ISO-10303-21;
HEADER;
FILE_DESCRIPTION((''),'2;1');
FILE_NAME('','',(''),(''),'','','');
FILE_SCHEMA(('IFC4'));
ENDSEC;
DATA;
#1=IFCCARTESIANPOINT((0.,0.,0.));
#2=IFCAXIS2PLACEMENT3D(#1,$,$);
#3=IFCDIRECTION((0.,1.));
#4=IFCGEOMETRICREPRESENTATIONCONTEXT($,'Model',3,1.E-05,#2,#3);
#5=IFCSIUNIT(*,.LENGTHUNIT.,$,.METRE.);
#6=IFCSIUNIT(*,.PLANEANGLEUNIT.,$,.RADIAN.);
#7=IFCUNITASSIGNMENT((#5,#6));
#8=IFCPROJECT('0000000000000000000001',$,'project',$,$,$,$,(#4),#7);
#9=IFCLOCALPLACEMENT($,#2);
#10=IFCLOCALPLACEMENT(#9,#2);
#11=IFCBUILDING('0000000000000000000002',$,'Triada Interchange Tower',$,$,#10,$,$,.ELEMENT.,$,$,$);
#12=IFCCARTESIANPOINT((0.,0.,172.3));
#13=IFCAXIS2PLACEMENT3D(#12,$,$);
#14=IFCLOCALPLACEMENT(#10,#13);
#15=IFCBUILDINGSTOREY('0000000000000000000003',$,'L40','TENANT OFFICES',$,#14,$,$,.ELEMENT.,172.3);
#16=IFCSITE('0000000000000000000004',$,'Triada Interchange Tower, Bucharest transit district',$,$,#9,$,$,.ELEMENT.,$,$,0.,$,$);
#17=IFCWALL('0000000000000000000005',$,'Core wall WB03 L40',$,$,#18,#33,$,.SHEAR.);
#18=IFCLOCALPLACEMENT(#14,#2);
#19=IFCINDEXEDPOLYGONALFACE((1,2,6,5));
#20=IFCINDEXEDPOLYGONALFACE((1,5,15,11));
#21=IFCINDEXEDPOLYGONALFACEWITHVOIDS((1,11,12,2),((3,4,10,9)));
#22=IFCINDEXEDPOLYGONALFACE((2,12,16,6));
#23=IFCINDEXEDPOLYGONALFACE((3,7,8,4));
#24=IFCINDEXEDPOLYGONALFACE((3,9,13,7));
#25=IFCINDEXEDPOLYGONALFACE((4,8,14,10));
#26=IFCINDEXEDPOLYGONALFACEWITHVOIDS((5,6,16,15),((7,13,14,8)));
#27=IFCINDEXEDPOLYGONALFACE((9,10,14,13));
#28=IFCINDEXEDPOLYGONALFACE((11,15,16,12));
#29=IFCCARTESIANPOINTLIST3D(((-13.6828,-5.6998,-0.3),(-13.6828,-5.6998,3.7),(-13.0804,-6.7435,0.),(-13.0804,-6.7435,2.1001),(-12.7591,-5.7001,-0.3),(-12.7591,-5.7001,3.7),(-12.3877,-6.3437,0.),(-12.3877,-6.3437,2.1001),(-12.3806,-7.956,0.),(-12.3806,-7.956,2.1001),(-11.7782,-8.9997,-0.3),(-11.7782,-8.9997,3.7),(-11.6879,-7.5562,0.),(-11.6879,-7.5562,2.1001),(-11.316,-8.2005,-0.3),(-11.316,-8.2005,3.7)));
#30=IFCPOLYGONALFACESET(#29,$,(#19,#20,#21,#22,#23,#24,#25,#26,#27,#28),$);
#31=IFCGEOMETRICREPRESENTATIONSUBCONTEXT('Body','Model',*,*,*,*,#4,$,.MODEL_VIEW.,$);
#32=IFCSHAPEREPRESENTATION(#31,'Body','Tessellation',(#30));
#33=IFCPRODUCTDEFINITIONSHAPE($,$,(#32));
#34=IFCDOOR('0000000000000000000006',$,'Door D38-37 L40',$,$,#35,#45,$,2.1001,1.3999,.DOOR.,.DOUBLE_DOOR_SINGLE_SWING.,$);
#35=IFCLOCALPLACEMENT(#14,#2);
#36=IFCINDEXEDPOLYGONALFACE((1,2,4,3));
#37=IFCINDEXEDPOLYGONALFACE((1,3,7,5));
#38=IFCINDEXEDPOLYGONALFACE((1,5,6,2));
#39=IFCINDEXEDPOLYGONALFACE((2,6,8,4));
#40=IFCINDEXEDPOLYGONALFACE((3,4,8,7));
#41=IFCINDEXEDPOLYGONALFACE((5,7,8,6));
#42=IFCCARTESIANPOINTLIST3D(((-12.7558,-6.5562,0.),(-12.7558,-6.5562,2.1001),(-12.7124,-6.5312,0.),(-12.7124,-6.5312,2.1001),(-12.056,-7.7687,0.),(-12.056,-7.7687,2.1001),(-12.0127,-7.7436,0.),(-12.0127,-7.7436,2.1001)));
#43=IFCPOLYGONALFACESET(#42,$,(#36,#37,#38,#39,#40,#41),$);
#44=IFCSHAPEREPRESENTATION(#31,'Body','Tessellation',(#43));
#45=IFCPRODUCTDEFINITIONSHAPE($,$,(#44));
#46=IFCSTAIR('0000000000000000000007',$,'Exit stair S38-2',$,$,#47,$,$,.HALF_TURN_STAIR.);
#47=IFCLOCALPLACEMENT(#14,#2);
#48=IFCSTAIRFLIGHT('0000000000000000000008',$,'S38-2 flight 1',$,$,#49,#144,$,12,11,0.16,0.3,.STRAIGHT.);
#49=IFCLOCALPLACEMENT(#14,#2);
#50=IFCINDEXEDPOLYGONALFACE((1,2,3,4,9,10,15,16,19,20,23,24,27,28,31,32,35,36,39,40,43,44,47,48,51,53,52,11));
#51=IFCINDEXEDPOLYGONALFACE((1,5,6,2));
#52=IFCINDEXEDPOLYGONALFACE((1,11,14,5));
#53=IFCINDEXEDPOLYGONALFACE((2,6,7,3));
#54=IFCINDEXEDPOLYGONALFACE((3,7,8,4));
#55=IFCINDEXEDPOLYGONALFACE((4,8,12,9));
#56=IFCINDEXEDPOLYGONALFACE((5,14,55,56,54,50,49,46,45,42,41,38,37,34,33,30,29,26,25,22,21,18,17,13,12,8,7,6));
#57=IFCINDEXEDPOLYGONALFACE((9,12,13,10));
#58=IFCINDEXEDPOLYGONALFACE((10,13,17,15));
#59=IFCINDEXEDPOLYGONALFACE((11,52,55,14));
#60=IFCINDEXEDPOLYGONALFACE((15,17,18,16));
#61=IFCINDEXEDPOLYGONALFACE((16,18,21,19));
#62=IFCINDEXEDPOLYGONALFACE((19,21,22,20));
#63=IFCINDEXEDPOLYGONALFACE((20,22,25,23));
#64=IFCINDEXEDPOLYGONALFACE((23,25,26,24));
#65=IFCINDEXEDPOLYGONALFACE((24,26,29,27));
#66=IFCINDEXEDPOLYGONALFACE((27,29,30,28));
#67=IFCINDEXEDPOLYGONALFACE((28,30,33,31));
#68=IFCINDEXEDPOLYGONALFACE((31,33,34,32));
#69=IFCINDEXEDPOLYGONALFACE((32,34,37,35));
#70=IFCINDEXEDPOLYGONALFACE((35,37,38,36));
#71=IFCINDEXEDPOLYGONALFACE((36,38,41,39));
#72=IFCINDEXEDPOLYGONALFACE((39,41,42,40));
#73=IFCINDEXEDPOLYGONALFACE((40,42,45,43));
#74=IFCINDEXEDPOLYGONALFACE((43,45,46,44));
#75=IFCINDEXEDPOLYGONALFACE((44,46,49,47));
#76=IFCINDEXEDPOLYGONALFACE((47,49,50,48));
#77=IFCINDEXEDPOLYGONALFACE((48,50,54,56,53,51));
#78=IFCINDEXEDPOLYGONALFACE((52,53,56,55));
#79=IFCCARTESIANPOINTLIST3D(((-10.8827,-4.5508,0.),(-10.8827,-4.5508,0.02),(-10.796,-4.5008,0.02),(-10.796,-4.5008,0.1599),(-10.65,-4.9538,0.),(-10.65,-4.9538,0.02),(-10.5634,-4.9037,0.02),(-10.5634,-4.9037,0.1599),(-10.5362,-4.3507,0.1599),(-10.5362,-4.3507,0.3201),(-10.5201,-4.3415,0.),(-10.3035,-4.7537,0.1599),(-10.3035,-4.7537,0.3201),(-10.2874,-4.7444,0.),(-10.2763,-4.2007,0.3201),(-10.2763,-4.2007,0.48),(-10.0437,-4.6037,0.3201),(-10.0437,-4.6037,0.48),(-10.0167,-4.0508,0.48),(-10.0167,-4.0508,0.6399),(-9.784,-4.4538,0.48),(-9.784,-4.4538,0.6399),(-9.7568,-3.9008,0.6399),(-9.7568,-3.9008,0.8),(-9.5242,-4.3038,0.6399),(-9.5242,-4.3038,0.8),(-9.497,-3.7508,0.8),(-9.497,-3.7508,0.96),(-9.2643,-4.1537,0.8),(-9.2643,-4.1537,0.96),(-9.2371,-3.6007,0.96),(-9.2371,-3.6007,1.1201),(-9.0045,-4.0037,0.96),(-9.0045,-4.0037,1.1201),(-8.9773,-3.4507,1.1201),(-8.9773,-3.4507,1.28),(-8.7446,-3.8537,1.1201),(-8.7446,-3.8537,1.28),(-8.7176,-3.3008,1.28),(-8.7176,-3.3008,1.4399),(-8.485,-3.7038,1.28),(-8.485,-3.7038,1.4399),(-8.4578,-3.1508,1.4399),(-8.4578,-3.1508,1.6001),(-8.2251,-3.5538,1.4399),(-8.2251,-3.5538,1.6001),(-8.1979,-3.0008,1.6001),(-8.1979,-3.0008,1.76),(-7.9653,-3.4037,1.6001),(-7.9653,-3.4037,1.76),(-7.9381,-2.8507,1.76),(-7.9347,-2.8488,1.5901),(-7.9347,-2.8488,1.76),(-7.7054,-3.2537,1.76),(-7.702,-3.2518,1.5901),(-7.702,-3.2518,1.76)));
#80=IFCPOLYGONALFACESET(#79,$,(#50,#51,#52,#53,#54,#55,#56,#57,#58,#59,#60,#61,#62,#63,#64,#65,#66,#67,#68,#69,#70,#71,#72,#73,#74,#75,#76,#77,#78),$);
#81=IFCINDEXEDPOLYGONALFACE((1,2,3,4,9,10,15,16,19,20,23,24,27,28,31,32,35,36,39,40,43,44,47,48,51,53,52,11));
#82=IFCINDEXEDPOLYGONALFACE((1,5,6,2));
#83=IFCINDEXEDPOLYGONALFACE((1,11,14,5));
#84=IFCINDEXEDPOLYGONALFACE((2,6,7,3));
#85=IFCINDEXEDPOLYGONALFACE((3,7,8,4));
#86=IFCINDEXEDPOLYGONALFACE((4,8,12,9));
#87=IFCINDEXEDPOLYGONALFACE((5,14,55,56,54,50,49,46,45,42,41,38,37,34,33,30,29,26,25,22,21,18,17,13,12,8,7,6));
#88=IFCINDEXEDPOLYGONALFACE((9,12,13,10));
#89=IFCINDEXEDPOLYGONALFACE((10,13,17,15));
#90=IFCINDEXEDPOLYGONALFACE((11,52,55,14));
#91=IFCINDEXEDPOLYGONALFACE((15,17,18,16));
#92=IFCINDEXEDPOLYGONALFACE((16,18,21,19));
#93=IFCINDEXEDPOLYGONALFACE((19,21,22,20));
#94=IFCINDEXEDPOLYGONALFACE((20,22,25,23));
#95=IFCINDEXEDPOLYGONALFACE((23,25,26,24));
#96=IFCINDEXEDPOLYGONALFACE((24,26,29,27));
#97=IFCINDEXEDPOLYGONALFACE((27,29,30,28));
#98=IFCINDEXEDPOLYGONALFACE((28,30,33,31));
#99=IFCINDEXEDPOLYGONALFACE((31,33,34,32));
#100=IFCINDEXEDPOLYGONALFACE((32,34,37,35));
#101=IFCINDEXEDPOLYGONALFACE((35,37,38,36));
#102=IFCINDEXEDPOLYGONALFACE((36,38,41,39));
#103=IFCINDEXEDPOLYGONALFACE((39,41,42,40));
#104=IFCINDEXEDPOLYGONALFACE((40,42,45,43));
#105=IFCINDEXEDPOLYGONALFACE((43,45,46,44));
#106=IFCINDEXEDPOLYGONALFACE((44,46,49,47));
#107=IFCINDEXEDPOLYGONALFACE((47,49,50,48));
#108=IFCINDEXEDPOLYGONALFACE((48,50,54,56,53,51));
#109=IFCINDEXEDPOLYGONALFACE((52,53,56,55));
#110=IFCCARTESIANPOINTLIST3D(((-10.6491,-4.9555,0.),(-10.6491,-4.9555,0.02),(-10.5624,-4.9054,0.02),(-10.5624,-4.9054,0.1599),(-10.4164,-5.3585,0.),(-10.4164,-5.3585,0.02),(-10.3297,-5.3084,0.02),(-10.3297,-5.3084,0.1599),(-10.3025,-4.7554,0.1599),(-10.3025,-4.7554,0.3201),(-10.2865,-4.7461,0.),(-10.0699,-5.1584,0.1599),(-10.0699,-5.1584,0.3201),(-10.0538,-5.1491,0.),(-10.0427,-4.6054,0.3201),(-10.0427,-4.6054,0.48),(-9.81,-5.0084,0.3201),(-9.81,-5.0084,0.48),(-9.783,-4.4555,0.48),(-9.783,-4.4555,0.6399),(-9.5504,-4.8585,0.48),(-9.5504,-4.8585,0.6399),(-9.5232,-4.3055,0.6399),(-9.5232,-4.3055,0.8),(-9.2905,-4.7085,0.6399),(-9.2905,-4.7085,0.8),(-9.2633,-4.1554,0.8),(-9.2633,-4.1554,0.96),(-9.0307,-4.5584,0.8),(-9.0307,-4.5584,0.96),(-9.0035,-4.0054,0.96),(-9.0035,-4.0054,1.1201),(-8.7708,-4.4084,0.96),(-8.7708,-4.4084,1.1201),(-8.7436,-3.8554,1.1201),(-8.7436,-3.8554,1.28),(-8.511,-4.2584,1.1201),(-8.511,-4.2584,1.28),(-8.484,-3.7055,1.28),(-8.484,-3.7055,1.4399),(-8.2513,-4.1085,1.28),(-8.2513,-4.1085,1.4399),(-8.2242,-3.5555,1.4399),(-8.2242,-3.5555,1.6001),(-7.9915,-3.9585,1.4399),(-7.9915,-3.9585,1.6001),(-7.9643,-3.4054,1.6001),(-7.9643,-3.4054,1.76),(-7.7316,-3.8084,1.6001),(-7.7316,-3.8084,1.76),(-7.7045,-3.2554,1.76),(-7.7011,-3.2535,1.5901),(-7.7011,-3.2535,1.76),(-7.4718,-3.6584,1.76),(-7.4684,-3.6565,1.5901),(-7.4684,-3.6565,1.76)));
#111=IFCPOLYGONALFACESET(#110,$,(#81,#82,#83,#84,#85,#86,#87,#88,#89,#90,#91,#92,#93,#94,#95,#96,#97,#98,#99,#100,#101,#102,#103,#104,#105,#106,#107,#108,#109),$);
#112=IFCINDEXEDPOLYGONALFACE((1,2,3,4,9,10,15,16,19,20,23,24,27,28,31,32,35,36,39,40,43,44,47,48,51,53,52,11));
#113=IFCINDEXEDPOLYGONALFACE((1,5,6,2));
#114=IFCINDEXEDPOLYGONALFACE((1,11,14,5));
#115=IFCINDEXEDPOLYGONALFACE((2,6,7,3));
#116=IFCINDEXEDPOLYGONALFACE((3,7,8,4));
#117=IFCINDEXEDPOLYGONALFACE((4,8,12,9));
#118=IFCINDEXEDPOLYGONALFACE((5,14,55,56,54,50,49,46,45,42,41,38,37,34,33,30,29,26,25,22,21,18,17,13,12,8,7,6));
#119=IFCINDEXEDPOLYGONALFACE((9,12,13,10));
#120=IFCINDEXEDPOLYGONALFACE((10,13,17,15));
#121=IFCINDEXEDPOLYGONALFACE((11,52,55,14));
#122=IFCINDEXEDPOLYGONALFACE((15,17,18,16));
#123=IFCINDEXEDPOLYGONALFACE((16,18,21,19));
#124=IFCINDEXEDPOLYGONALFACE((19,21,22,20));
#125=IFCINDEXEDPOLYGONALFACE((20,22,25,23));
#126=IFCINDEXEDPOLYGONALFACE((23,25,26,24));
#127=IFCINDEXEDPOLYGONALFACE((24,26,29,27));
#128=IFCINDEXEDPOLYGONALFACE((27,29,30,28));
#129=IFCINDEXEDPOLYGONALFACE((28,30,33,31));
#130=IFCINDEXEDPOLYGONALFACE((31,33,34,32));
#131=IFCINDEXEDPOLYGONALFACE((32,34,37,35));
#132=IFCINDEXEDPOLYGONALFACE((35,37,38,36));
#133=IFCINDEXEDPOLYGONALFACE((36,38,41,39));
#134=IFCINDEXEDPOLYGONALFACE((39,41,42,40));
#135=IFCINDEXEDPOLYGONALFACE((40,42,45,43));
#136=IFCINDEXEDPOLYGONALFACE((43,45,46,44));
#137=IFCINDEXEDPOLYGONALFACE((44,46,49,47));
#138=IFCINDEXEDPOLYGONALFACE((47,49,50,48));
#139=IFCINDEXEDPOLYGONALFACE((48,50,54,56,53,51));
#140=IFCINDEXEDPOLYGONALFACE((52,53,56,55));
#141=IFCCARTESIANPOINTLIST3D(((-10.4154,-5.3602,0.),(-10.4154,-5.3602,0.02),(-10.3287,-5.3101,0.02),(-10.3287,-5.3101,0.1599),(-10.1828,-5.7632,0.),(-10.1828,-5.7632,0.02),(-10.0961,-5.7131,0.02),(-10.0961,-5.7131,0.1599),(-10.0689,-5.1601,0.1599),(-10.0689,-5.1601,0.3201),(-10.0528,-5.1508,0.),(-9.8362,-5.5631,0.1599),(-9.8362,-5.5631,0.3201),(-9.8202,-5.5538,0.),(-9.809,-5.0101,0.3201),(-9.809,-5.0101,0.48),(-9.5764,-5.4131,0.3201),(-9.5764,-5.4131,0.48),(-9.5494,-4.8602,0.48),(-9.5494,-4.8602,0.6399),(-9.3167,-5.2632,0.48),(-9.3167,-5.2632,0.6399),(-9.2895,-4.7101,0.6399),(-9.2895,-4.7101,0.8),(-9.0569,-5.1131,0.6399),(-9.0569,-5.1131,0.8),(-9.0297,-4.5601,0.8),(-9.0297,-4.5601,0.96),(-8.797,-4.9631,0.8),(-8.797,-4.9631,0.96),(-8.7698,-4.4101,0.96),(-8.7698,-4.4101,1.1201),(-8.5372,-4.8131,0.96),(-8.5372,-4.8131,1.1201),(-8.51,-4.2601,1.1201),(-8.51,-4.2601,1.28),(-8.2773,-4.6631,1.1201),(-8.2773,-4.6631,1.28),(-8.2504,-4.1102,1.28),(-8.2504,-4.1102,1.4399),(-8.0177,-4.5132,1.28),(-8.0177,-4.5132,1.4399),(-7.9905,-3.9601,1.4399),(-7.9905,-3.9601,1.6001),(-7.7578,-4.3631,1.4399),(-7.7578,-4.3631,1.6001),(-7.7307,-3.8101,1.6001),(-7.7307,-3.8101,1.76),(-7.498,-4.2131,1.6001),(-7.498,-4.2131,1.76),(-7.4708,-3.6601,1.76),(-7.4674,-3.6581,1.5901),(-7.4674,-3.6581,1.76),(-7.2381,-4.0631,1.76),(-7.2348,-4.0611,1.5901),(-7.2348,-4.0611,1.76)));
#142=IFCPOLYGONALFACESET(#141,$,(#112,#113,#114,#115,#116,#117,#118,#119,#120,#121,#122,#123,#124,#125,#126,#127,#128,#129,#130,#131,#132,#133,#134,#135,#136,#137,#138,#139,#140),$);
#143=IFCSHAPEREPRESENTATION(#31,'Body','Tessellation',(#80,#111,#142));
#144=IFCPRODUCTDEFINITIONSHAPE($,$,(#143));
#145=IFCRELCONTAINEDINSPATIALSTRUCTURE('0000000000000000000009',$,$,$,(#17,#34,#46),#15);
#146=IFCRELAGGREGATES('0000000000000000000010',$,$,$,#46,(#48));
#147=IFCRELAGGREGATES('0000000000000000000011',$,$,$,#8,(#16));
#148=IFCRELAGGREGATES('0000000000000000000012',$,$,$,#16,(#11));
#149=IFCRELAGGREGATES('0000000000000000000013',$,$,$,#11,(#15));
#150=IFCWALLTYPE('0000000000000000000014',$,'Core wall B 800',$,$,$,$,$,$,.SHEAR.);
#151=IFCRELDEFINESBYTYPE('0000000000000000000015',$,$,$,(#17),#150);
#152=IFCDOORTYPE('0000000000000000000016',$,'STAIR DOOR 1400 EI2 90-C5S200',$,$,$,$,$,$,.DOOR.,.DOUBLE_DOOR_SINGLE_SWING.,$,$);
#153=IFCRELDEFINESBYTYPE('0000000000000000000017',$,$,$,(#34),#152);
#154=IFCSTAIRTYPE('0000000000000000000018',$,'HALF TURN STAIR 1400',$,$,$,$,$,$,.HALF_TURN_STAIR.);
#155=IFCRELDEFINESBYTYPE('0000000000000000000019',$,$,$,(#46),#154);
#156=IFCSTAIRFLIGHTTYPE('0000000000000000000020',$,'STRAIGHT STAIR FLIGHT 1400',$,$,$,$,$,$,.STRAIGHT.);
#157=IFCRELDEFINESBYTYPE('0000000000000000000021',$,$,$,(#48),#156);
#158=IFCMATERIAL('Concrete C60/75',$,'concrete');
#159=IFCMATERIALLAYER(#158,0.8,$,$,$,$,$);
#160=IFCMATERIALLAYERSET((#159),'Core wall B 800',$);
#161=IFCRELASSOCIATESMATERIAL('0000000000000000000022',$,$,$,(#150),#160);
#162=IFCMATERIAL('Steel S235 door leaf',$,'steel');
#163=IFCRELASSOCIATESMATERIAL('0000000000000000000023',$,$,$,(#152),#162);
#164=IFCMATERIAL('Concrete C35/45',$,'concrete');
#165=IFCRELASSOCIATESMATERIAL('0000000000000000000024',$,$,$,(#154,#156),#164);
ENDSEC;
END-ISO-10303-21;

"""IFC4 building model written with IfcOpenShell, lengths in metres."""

from ifc_helpers import new_model, si_unit, direction, frame, frame_2d, origin, place, context, subcontext, project, spatial, polyline, rectangle, outline, extrude, material, layer, layer_set, type_object, element, fill, aggregate, save


model = new_model("IFC4")

# Units and contexts
model_context = context("Model", 3, precision=1e-05, world=origin(), true_north=direction((0.0, 1.0)))
body_context = subcontext(model_context, "Body", "Model", "MODEL_VIEW")
ifc_project = project(units=[si_unit("LENGTHUNIT", "METRE"), si_unit("PLANEANGLEUNIT", "RADIAN")], contexts=[model_context])

# Site, building, storey
site_placement = place(None, origin())
site = spatial("IfcSite", under=ifc_project, at=site_placement, Name="Triada Interchange Tower, Bucharest transit district", CompositionType="ELEMENT", RefElevation=0.0)
building_placement = place(site_placement, origin())
building = spatial("IfcBuilding", under=site, at=building_placement, Name="Triada Interchange Tower", CompositionType="ELEMENT")
storey_placement = place(building_placement, frame((0.0, 0.0, 172.3)))
storey = spatial("IfcBuildingStorey", under=building, at=storey_placement, Name="L40", Description="TENANT OFFICES", CompositionType="ELEMENT", Elevation=172.3)

# Shared definitions
ifc_material_1 = material(Name="Steel S235 door leaf", Category="steel")

# Wall, opening, door
ifc_material_2 = material(Name="Concrete C60/75", Category="concrete")
ifc_layer_1 = layer(ifc_material_2, 0.8)
ifc_layer_set_1 = layer_set([ifc_layer_1], Name="Core wall B 800")
wall_type_1 = type_object("IfcWallType", Name="Core wall B 800", PredefinedType="SHEAR", material=ifc_layer_set_1)
wall_1_placement = place(storey_placement, frame((-13.2209, -5.7, -0.3), z_axis=(0.0, 0.0, 1.0), x_axis=(0.499872, -0.866099, 0.0)))
wall_1 = element("IfcWall", 1, at=wall_1_placement, inside=storey, type_object=wall_type_1, Name="Core wall WB03 L40", PredefinedType="SHEAR", context=body_context, shape_type="SweptSolid", body=[
    extrude(outline(polyline([(-0.231, -0.3999), (1.6741, -0.3999), (3.5791, -0.3999), (3.1179, 0.3999), (1.6743, 0.3999), (0.231, 0.3999), (-0.231, -0.3999)])), origin(), (0.0, 0.0, 1.0), 4.0),
])
opening_1_placement = place(wall_1_placement, frame((0.9741, 0.0, 0.3)))
opening_1 = element("IfcOpeningElement", 2, at=opening_1_placement, cuts=wall_1, PredefinedType="OPENING", context=body_context, shape_type="SweptSolid", body=[
    extrude(rectangle(XDim=1.3999, YDim=2.1001, at=frame_2d((0.7, 1.05))), frame((0.0, 0.4099, 0.0), z_axis=(0.0, -1.0, 0.0), x_axis=(1.0, 0.0, 0.0)), (0.0, 0.0, 1.0), 0.8201),
])
door_type_1 = type_object("IfcDoorType", Name="STAIR DOOR 1400 EI2 90-C5S200", OperationType="DOUBLE_DOOR_SINGLE_SWING", PredefinedType="DOOR", material=ifc_material_1)
door_1_placement = place(opening_1_placement, origin())
door_1 = element("IfcDoor", 3, at=door_1_placement, inside=storey, type_object=door_type_1, Name="Door D38-37 L40", OperationType="DOUBLE_DOOR_SINGLE_SWING", OverallHeight=2.1001, OverallWidth=1.3999, PredefinedType="DOOR", context=body_context, shape_type="SweptSolid", body=[
    extrude(rectangle(XDim=1.3999, YDim=2.1001, at=frame_2d((0.7, 1.05))), frame((0.0, 0.0249, 0.0), z_axis=(0.0, -1.0, 0.0), x_axis=(1.0, 0.0, 0.0)), (0.0, 0.0, 1.0), 0.05),
])
fill(opening_1, door_1)

# Stair, stair flight
ifc_material_3 = material(Name="Concrete C35/45", Category="concrete")
stair_type = type_object("IfcStairType", Name="HALF TURN STAIR 1400", PredefinedType="HALF_TURN_STAIR", material=ifc_material_3)
stair_placement = place(storey_placement, origin())
stair = element("IfcStair", 4, at=stair_placement, inside=storey, type_object=stair_type, Name="Exit stair S38-2", PredefinedType="HALF_TURN_STAIR")
stair_flight_type = type_object("IfcStairFlightType", Name="STRAIGHT STAIR FLIGHT 1400", PredefinedType="STRAIGHT", material=ifc_material_3)
stair_flight_1_placement = place(storey_placement, frame((-10.446, -5.1069, 0.0), z_axis=(0.0, 0.0, 1.0), x_axis=(0.866025, 0.5, 0.0)))
stair_flight_1 = element("IfcStairFlight", 5, at=stair_flight_1_placement, type_object=stair_flight_type, Name="S38-2 flight 1", NumberOfRisers=12, NumberOfTreads=11, PredefinedType="STRAIGHT", RiserHeight=0.16, TreadLength=0.3, context=body_context, shape_type="SweptSolid", body=[
    extrude(outline(polyline([(-0.1001, 0.0), (-0.1001, 0.02), (0.0, 0.02), (0.0, 0.1599), (0.3, 0.1599), (0.3, 0.3201), (0.6001, 0.3201), (0.6001, 0.48), (0.8999, 0.48), (0.8999, 0.6399), (1.2, 0.6399), (1.2, 0.8), (1.5, 0.8), (1.5, 0.96), (1.8, 0.96), (1.8, 1.1201), (2.1001, 1.1201), (2.1001, 1.28), (2.3999, 1.28), (2.3999, 1.4399), (2.7, 1.4399), (2.7, 1.6001), (3.0, 1.6001), (3.0, 1.76), (3.3, 1.76), (3.304, 1.76), (3.304, 1.9199), (3.304, 1.5901), (0.3186, 0.0), (-0.1001, 0.0)])), frame((0.0, 0.7, 0.0), z_axis=(0.0, -1.0, 0.0), x_axis=(1.0, 0.0, 0.0)), (0.0, 0.0, 1.0), 0.4653),
    extrude(outline(polyline([(-0.1001, 0.0), (-0.1001, 0.02), (0.0, 0.02), (0.0, 0.1599), (0.3, 0.1599), (0.3, 0.3201), (0.6001, 0.3201), (0.6001, 0.48), (0.8999, 0.48), (0.8999, 0.6399), (1.2, 0.6399), (1.2, 0.8), (1.5, 0.8), (1.5, 0.96), (1.8, 0.96), (1.8, 1.1201), (2.1001, 1.1201), (2.1001, 1.28), (2.3999, 1.28), (2.3999, 1.4399), (2.7, 1.4399), (2.7, 1.6001), (3.0, 1.6001), (3.0, 1.76), (3.3, 1.76), (3.304, 1.76), (3.304, 1.9199), (3.304, 1.5901), (0.3186, 0.0), (-0.1001, 0.0)])), frame((0.0, 0.2327, 0.0), z_axis=(0.0, -1.0, 0.0), x_axis=(1.0, 0.0, 0.0)), (0.0, 0.0, 1.0), 0.4653),
    extrude(outline(polyline([(-0.1001, 0.0), (-0.1001, 0.02), (0.0, 0.02), (0.0, 0.1599), (0.3, 0.1599), (0.3, 0.3201), (0.6001, 0.3201), (0.6001, 0.48), (0.8999, 0.48), (0.8999, 0.6399), (1.2, 0.6399), (1.2, 0.8), (1.5, 0.8), (1.5, 0.96), (1.8, 0.96), (1.8, 1.1201), (2.1001, 1.1201), (2.1001, 1.28), (2.3999, 1.28), (2.3999, 1.4399), (2.7, 1.4399), (2.7, 1.6001), (3.0, 1.6001), (3.0, 1.76), (3.3, 1.76), (3.304, 1.76), (3.304, 1.9199), (3.304, 1.5901), (0.3186, 0.0), (-0.1001, 0.0)])), frame((0.0, -0.2346, 0.0), z_axis=(0.0, -1.0, 0.0), x_axis=(1.0, 0.0, 0.0)), (0.0, 0.0, 1.0), 0.4653),
])
aggregate(stair, [stair_flight_1])

save(model, "model.ifc")
